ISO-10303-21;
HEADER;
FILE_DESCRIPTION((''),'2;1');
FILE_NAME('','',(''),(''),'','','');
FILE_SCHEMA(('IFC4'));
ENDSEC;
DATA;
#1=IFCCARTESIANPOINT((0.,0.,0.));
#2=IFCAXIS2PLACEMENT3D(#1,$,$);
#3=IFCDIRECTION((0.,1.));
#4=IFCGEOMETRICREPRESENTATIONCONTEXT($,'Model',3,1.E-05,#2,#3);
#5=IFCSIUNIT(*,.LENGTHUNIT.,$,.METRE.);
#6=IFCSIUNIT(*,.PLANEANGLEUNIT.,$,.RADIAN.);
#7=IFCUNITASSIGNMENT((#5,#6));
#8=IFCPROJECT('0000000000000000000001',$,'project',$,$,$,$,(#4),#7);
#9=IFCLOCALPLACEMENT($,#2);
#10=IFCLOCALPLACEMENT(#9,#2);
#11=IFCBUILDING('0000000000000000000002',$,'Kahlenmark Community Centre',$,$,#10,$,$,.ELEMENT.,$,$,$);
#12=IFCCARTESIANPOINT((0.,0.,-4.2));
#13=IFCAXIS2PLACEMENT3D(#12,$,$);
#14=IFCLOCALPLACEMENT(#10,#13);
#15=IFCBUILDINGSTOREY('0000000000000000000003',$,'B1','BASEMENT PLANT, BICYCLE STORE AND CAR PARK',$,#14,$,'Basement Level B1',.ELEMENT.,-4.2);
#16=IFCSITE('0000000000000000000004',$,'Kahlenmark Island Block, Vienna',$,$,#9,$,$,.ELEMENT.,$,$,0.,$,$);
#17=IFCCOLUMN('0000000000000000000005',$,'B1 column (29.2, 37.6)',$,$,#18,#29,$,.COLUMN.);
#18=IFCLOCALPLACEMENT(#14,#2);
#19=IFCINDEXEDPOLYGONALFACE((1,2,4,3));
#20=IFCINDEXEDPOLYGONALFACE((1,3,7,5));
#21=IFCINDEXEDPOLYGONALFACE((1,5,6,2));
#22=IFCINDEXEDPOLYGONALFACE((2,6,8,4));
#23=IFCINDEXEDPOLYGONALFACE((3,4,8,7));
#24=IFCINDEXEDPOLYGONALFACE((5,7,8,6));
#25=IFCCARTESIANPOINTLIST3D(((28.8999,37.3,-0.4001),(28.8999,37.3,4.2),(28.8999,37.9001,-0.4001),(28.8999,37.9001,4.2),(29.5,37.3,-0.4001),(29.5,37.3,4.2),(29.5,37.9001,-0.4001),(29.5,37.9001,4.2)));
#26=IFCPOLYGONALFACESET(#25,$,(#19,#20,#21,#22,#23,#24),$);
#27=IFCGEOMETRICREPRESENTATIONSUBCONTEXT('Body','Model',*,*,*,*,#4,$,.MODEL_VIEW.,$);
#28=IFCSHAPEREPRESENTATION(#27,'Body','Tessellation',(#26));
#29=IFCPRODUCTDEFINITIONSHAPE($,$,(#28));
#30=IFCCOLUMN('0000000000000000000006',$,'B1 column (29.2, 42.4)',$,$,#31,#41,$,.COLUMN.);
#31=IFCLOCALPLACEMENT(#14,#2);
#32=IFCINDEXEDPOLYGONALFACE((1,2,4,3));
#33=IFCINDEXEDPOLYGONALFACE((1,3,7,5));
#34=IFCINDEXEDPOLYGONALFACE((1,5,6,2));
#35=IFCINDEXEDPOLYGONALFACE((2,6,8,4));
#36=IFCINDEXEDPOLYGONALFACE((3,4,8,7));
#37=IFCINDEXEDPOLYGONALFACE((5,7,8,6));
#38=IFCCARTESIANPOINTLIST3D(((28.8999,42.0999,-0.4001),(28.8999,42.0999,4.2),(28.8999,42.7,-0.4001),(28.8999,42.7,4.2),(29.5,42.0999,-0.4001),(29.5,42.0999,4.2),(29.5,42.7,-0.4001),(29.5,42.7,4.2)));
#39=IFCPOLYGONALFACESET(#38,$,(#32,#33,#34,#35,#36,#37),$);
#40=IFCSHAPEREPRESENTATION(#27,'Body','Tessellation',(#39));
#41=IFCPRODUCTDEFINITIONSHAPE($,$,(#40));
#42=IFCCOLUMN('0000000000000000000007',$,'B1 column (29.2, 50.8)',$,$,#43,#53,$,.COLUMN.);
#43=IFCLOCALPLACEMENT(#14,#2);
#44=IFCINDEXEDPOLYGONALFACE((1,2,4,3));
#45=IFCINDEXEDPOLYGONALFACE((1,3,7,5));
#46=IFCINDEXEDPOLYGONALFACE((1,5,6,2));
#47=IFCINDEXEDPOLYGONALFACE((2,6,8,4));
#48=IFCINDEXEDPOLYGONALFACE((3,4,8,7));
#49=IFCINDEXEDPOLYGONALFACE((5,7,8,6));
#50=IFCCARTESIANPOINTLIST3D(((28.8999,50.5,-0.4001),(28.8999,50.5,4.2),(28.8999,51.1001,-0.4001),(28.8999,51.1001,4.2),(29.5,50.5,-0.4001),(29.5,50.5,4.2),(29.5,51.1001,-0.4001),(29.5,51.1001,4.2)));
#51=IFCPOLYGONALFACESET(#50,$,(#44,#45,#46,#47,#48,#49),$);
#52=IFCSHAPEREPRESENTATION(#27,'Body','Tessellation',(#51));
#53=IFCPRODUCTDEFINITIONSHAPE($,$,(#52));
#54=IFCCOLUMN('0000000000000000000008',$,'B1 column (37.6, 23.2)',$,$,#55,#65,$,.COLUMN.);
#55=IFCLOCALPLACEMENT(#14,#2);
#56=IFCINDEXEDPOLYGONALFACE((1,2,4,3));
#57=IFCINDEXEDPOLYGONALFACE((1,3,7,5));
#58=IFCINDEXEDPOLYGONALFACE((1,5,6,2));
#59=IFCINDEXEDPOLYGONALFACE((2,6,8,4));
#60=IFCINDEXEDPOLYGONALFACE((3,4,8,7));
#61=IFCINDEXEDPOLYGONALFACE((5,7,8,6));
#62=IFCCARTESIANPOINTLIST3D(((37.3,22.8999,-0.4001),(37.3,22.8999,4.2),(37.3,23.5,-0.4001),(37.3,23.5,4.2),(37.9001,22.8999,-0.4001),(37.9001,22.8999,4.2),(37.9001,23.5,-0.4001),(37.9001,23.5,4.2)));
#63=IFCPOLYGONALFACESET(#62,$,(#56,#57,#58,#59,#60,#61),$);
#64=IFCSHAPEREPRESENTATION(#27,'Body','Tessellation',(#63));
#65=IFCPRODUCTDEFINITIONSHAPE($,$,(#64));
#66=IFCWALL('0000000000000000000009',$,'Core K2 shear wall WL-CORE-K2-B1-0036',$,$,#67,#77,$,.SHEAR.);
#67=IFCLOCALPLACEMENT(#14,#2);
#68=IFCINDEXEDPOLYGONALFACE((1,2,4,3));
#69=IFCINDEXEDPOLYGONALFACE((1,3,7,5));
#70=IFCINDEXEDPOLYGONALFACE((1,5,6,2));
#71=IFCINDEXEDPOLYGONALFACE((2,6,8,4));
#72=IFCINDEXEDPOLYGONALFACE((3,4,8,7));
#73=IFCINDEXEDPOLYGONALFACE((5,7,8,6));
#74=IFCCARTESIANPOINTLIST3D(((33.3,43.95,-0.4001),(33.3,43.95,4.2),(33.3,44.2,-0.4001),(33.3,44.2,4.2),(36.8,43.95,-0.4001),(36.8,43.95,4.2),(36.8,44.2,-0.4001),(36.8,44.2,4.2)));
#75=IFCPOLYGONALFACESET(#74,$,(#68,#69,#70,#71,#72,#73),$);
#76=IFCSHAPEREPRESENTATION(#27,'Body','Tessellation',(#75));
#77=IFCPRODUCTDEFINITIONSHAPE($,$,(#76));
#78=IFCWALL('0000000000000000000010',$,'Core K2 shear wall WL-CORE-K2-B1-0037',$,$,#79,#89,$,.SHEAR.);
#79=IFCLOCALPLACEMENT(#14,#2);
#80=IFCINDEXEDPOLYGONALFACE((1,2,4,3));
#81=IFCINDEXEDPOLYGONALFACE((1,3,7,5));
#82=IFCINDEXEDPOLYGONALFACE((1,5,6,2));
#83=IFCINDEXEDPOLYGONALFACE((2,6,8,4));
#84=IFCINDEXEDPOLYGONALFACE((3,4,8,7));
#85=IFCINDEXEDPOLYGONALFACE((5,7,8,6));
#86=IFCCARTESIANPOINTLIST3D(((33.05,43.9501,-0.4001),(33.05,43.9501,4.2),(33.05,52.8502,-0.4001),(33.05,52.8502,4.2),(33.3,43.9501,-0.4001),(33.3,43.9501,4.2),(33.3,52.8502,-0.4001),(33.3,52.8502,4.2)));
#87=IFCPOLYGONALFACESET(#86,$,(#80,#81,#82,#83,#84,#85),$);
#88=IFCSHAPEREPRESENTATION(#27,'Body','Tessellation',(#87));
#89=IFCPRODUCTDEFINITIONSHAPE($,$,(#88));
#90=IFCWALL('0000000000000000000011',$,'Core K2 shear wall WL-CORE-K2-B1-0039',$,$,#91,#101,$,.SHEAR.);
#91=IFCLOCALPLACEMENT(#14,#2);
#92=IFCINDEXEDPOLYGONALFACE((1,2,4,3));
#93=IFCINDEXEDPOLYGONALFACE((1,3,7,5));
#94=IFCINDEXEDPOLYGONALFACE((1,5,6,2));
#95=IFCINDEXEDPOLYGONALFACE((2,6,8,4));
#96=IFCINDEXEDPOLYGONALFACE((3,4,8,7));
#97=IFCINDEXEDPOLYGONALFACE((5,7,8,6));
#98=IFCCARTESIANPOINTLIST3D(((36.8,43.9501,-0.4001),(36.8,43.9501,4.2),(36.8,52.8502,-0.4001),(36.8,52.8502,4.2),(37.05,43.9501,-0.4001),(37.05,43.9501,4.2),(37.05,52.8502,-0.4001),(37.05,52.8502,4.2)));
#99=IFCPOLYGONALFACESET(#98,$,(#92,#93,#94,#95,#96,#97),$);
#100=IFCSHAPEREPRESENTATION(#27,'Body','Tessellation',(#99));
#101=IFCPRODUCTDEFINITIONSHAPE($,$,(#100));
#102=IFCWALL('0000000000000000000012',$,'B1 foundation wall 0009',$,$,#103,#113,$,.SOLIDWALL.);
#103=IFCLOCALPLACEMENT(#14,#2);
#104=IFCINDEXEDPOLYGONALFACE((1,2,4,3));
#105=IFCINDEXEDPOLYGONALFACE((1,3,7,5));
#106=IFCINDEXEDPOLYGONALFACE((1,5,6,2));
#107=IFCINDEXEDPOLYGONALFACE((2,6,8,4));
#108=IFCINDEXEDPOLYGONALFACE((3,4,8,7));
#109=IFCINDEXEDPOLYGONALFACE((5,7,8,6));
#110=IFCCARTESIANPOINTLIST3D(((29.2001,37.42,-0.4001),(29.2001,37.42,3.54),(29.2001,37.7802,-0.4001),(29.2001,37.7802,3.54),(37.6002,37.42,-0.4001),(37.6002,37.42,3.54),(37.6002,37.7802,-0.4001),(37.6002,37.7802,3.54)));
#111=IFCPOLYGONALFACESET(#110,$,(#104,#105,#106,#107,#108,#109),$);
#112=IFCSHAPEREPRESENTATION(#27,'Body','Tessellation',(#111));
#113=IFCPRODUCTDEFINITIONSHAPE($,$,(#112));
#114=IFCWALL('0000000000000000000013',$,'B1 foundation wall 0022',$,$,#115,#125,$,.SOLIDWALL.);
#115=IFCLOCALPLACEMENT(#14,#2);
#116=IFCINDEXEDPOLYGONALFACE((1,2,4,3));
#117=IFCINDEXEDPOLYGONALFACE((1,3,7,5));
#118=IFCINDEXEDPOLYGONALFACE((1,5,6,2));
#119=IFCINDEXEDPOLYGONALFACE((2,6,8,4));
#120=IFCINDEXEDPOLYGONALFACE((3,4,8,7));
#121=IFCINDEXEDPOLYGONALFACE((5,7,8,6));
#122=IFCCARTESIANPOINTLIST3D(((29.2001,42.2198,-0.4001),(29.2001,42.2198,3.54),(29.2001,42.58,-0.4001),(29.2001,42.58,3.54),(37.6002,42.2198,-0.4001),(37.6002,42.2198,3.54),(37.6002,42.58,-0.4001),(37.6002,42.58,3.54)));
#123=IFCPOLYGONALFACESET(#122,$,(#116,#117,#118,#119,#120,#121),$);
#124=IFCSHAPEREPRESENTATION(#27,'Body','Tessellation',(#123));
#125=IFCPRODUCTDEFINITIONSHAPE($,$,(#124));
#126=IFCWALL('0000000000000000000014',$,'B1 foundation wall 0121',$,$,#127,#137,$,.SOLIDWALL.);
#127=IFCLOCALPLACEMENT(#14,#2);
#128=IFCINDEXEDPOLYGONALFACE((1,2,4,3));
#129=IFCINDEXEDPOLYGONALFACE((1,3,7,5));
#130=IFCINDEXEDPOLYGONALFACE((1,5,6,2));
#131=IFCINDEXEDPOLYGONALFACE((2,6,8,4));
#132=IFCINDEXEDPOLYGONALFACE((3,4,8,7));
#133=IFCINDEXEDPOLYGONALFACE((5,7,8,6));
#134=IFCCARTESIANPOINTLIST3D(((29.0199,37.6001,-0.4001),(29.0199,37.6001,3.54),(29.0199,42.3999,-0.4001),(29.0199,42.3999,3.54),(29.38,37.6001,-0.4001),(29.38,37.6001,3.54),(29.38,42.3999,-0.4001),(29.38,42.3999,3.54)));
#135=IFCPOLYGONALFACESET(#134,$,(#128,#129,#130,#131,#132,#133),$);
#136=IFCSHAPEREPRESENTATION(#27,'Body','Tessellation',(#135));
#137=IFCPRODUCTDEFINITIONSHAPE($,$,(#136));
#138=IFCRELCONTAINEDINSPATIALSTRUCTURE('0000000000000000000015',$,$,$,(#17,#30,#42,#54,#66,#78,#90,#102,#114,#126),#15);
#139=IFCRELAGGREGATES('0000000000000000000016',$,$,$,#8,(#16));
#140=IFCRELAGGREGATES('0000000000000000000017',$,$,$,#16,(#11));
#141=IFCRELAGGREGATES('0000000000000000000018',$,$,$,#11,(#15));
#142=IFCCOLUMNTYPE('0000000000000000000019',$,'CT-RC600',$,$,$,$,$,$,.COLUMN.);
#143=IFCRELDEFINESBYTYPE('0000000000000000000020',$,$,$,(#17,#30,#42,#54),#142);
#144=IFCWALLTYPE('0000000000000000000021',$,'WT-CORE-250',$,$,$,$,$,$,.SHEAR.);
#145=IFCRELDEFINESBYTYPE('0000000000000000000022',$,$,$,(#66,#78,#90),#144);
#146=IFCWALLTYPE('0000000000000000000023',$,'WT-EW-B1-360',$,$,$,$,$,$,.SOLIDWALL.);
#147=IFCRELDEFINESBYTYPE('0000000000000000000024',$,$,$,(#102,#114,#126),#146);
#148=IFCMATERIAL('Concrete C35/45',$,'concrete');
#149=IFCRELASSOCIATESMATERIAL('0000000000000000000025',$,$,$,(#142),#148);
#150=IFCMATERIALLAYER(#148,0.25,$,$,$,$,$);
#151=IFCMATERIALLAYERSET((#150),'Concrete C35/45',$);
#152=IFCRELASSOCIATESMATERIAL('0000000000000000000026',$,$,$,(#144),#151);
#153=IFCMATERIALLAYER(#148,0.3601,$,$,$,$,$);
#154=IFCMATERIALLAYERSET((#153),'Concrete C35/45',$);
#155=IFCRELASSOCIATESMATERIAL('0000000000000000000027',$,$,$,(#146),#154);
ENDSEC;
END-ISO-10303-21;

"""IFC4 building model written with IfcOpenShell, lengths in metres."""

from ifc_helpers import new_model, si_unit, direction, frame, frame_2d, origin, origin_2d, place, context, subcontext, project, spatial, rectangle, extrude, material, layer, layer_set, material_profile, profile_set, type_object, element, save


model = new_model("IFC4")

# Units and contexts
model_context = context("Model", 3, precision=1e-05, world=origin(), true_north=direction((0.0, 1.0)))
body_context = subcontext(model_context, "Body", "Model", "MODEL_VIEW")
ifc_project = project(units=[si_unit("LENGTHUNIT", "METRE"), si_unit("PLANEANGLEUNIT", "RADIAN")], contexts=[model_context])

# Site, building, storey
site_placement = place(None, origin())
site = spatial("IfcSite", under=ifc_project, at=site_placement, Name="Kahlenmark Island Block, Vienna", CompositionType="ELEMENT", RefElevation=0.0)
building_placement = place(site_placement, origin())
building = spatial("IfcBuilding", under=site, at=building_placement, Name="Kahlenmark Community Centre", CompositionType="ELEMENT")
storey_placement = place(building_placement, frame((0.0, 0.0, -4.2)))
storey = spatial("IfcBuildingStorey", under=building, at=storey_placement, Name="B1", Description="BASEMENT PLANT, BICYCLE STORE AND CAR PARK", LongName="Basement Level B1", CompositionType="ELEMENT", Elevation=-4.2)

# Columns
ifc_material_1 = material(Name="Concrete C35/45", Category="concrete")
ifc_material_profile_1 = material_profile(ifc_material_1, rectangle(XDim=0.6001, YDim=0.6001, at=origin_2d()), Name="RC 600x600")
ifc_profile_set_1 = profile_set([ifc_material_profile_1], Name="Concrete C35/45")
column_type = type_object("IfcColumnType", Name="CT-RC600", PredefinedType="COLUMN", material=ifc_profile_set_1)
for number, where, z_axis, x_axis, name in (
    (1, (29.2, 37.6001, -0.4001), (0.0, 0.0, 1.0), (1.0, 0.0, 0.0), "B1 column (29.2, 37.6)"),
    (2, (29.2, 42.3999, -0.4001), (0.0, 0.0, 1.0), (1.0, 0.0, 0.0), "B1 column (29.2, 42.4)"),
    (3, (29.2, 50.8, -0.4001), (0.0, 0.0, 1.0), (1.0, 0.0, 0.0), "B1 column (29.2, 50.8)"),
    (4, (37.6001, 23.2, -0.4001), (0.0, 0.0, 1.0), (1.0, 0.0, 0.0), "B1 column (37.6, 23.2)"),
):
    element("IfcColumn", number, at=place(storey_placement, frame(where, z_axis=z_axis, x_axis=x_axis)), inside=storey, type_object=column_type, Name=name, PredefinedType="COLUMN", context=body_context, shape_type="SweptSolid", body=[
        extrude(rectangle(XDim=0.6001, YDim=0.6001, at=origin_2d()), origin(), (0.0, 0.0, 1.0), 4.6001),
    ])

# Walls
ifc_layer_1 = layer(ifc_material_1, 0.25)
ifc_layer_set_1 = layer_set([ifc_layer_1], Name="Concrete C35/45")
wall_type_1 = type_object("IfcWallType", Name="WT-CORE-250", PredefinedType="SHEAR", material=ifc_layer_set_1)
wall_1_placement = place(storey_placement, frame((33.3, 44.075, -0.4001), z_axis=(0.0, 0.0, 1.0), x_axis=(1.0, 0.0, 0.0)))
element("IfcWall", 5, at=wall_1_placement, inside=storey, type_object=wall_type_1, Name="Core K2 shear wall WL-CORE-K2-B1-0036", PredefinedType="SHEAR", context=body_context, shape_type="SweptSolid", body=[
    extrude(rectangle(XDim=3.5, YDim=0.25, at=frame_2d((1.75, 0.0))), origin(), (0.0, 0.0, 1.0), 4.6001),
])
for number, where, z_axis, x_axis, name in (
    (6, (33.175, 43.95, -0.4001), (0.0, 0.0, 1.0), (0.0, 1.0, 0.0), "Core K2 shear wall WL-CORE-K2-B1-0037"),
    (7, (36.925, 43.95, -0.4001), (0.0, 0.0, 1.0), (0.0, 1.0, 0.0), "Core K2 shear wall WL-CORE-K2-B1-0039"),
):
    element("IfcWall", number, at=place(storey_placement, frame(where, z_axis=z_axis, x_axis=x_axis)), inside=storey, type_object=wall_type_1, Name=name, PredefinedType="SHEAR", context=body_context, shape_type="SweptSolid", body=[
        extrude(rectangle(XDim=8.9001, YDim=0.25, at=frame_2d((4.4502, 0.0))), origin(), (0.0, 0.0, 1.0), 4.6001),
    ])
ifc_layer_2 = layer(ifc_material_1, 0.3601)
ifc_layer_set_2 = layer_set([ifc_layer_2], Name="Concrete C35/45")
wall_type_2 = type_object("IfcWallType", Name="WT-EW-B1-360", PredefinedType="SOLIDWALL", material=ifc_layer_set_2)
for number, where, z_axis, x_axis, name in (
    (8, (29.2, 37.6001, -0.4001), (0.0, 0.0, 1.0), (1.0, 0.0, 0.0), "B1 foundation wall 0009"),
    (9, (29.2, 42.3999, -0.4001), (0.0, 0.0, 1.0), (1.0, 0.0, 0.0), "B1 foundation wall 0022"),
):
    element("IfcWall", number, at=place(storey_placement, frame(where, z_axis=z_axis, x_axis=x_axis)), inside=storey, type_object=wall_type_2, Name=name, PredefinedType="SOLIDWALL", context=body_context, shape_type="SweptSolid", body=[
        extrude(rectangle(XDim=8.4001, YDim=0.3601, at=frame_2d((4.2002, 0.0))), origin(), (0.0, 0.0, 1.0), 3.9402),
    ])
wall_2_placement = place(storey_placement, frame((29.2, 37.6001, -0.4001), z_axis=(0.0, 0.0, 1.0), x_axis=(0.0, 1.0, 0.0)))
element("IfcWall", 10, at=wall_2_placement, inside=storey, type_object=wall_type_2, Name="B1 foundation wall 0121", PredefinedType="SOLIDWALL", context=body_context, shape_type="SweptSolid", body=[
    extrude(rectangle(XDim=4.7998, YDim=0.3601, at=frame_2d((2.3999, 0.0))), origin(), (0.0, 0.0, 1.0), 3.9402),
])

save(model, "model.ifc")
